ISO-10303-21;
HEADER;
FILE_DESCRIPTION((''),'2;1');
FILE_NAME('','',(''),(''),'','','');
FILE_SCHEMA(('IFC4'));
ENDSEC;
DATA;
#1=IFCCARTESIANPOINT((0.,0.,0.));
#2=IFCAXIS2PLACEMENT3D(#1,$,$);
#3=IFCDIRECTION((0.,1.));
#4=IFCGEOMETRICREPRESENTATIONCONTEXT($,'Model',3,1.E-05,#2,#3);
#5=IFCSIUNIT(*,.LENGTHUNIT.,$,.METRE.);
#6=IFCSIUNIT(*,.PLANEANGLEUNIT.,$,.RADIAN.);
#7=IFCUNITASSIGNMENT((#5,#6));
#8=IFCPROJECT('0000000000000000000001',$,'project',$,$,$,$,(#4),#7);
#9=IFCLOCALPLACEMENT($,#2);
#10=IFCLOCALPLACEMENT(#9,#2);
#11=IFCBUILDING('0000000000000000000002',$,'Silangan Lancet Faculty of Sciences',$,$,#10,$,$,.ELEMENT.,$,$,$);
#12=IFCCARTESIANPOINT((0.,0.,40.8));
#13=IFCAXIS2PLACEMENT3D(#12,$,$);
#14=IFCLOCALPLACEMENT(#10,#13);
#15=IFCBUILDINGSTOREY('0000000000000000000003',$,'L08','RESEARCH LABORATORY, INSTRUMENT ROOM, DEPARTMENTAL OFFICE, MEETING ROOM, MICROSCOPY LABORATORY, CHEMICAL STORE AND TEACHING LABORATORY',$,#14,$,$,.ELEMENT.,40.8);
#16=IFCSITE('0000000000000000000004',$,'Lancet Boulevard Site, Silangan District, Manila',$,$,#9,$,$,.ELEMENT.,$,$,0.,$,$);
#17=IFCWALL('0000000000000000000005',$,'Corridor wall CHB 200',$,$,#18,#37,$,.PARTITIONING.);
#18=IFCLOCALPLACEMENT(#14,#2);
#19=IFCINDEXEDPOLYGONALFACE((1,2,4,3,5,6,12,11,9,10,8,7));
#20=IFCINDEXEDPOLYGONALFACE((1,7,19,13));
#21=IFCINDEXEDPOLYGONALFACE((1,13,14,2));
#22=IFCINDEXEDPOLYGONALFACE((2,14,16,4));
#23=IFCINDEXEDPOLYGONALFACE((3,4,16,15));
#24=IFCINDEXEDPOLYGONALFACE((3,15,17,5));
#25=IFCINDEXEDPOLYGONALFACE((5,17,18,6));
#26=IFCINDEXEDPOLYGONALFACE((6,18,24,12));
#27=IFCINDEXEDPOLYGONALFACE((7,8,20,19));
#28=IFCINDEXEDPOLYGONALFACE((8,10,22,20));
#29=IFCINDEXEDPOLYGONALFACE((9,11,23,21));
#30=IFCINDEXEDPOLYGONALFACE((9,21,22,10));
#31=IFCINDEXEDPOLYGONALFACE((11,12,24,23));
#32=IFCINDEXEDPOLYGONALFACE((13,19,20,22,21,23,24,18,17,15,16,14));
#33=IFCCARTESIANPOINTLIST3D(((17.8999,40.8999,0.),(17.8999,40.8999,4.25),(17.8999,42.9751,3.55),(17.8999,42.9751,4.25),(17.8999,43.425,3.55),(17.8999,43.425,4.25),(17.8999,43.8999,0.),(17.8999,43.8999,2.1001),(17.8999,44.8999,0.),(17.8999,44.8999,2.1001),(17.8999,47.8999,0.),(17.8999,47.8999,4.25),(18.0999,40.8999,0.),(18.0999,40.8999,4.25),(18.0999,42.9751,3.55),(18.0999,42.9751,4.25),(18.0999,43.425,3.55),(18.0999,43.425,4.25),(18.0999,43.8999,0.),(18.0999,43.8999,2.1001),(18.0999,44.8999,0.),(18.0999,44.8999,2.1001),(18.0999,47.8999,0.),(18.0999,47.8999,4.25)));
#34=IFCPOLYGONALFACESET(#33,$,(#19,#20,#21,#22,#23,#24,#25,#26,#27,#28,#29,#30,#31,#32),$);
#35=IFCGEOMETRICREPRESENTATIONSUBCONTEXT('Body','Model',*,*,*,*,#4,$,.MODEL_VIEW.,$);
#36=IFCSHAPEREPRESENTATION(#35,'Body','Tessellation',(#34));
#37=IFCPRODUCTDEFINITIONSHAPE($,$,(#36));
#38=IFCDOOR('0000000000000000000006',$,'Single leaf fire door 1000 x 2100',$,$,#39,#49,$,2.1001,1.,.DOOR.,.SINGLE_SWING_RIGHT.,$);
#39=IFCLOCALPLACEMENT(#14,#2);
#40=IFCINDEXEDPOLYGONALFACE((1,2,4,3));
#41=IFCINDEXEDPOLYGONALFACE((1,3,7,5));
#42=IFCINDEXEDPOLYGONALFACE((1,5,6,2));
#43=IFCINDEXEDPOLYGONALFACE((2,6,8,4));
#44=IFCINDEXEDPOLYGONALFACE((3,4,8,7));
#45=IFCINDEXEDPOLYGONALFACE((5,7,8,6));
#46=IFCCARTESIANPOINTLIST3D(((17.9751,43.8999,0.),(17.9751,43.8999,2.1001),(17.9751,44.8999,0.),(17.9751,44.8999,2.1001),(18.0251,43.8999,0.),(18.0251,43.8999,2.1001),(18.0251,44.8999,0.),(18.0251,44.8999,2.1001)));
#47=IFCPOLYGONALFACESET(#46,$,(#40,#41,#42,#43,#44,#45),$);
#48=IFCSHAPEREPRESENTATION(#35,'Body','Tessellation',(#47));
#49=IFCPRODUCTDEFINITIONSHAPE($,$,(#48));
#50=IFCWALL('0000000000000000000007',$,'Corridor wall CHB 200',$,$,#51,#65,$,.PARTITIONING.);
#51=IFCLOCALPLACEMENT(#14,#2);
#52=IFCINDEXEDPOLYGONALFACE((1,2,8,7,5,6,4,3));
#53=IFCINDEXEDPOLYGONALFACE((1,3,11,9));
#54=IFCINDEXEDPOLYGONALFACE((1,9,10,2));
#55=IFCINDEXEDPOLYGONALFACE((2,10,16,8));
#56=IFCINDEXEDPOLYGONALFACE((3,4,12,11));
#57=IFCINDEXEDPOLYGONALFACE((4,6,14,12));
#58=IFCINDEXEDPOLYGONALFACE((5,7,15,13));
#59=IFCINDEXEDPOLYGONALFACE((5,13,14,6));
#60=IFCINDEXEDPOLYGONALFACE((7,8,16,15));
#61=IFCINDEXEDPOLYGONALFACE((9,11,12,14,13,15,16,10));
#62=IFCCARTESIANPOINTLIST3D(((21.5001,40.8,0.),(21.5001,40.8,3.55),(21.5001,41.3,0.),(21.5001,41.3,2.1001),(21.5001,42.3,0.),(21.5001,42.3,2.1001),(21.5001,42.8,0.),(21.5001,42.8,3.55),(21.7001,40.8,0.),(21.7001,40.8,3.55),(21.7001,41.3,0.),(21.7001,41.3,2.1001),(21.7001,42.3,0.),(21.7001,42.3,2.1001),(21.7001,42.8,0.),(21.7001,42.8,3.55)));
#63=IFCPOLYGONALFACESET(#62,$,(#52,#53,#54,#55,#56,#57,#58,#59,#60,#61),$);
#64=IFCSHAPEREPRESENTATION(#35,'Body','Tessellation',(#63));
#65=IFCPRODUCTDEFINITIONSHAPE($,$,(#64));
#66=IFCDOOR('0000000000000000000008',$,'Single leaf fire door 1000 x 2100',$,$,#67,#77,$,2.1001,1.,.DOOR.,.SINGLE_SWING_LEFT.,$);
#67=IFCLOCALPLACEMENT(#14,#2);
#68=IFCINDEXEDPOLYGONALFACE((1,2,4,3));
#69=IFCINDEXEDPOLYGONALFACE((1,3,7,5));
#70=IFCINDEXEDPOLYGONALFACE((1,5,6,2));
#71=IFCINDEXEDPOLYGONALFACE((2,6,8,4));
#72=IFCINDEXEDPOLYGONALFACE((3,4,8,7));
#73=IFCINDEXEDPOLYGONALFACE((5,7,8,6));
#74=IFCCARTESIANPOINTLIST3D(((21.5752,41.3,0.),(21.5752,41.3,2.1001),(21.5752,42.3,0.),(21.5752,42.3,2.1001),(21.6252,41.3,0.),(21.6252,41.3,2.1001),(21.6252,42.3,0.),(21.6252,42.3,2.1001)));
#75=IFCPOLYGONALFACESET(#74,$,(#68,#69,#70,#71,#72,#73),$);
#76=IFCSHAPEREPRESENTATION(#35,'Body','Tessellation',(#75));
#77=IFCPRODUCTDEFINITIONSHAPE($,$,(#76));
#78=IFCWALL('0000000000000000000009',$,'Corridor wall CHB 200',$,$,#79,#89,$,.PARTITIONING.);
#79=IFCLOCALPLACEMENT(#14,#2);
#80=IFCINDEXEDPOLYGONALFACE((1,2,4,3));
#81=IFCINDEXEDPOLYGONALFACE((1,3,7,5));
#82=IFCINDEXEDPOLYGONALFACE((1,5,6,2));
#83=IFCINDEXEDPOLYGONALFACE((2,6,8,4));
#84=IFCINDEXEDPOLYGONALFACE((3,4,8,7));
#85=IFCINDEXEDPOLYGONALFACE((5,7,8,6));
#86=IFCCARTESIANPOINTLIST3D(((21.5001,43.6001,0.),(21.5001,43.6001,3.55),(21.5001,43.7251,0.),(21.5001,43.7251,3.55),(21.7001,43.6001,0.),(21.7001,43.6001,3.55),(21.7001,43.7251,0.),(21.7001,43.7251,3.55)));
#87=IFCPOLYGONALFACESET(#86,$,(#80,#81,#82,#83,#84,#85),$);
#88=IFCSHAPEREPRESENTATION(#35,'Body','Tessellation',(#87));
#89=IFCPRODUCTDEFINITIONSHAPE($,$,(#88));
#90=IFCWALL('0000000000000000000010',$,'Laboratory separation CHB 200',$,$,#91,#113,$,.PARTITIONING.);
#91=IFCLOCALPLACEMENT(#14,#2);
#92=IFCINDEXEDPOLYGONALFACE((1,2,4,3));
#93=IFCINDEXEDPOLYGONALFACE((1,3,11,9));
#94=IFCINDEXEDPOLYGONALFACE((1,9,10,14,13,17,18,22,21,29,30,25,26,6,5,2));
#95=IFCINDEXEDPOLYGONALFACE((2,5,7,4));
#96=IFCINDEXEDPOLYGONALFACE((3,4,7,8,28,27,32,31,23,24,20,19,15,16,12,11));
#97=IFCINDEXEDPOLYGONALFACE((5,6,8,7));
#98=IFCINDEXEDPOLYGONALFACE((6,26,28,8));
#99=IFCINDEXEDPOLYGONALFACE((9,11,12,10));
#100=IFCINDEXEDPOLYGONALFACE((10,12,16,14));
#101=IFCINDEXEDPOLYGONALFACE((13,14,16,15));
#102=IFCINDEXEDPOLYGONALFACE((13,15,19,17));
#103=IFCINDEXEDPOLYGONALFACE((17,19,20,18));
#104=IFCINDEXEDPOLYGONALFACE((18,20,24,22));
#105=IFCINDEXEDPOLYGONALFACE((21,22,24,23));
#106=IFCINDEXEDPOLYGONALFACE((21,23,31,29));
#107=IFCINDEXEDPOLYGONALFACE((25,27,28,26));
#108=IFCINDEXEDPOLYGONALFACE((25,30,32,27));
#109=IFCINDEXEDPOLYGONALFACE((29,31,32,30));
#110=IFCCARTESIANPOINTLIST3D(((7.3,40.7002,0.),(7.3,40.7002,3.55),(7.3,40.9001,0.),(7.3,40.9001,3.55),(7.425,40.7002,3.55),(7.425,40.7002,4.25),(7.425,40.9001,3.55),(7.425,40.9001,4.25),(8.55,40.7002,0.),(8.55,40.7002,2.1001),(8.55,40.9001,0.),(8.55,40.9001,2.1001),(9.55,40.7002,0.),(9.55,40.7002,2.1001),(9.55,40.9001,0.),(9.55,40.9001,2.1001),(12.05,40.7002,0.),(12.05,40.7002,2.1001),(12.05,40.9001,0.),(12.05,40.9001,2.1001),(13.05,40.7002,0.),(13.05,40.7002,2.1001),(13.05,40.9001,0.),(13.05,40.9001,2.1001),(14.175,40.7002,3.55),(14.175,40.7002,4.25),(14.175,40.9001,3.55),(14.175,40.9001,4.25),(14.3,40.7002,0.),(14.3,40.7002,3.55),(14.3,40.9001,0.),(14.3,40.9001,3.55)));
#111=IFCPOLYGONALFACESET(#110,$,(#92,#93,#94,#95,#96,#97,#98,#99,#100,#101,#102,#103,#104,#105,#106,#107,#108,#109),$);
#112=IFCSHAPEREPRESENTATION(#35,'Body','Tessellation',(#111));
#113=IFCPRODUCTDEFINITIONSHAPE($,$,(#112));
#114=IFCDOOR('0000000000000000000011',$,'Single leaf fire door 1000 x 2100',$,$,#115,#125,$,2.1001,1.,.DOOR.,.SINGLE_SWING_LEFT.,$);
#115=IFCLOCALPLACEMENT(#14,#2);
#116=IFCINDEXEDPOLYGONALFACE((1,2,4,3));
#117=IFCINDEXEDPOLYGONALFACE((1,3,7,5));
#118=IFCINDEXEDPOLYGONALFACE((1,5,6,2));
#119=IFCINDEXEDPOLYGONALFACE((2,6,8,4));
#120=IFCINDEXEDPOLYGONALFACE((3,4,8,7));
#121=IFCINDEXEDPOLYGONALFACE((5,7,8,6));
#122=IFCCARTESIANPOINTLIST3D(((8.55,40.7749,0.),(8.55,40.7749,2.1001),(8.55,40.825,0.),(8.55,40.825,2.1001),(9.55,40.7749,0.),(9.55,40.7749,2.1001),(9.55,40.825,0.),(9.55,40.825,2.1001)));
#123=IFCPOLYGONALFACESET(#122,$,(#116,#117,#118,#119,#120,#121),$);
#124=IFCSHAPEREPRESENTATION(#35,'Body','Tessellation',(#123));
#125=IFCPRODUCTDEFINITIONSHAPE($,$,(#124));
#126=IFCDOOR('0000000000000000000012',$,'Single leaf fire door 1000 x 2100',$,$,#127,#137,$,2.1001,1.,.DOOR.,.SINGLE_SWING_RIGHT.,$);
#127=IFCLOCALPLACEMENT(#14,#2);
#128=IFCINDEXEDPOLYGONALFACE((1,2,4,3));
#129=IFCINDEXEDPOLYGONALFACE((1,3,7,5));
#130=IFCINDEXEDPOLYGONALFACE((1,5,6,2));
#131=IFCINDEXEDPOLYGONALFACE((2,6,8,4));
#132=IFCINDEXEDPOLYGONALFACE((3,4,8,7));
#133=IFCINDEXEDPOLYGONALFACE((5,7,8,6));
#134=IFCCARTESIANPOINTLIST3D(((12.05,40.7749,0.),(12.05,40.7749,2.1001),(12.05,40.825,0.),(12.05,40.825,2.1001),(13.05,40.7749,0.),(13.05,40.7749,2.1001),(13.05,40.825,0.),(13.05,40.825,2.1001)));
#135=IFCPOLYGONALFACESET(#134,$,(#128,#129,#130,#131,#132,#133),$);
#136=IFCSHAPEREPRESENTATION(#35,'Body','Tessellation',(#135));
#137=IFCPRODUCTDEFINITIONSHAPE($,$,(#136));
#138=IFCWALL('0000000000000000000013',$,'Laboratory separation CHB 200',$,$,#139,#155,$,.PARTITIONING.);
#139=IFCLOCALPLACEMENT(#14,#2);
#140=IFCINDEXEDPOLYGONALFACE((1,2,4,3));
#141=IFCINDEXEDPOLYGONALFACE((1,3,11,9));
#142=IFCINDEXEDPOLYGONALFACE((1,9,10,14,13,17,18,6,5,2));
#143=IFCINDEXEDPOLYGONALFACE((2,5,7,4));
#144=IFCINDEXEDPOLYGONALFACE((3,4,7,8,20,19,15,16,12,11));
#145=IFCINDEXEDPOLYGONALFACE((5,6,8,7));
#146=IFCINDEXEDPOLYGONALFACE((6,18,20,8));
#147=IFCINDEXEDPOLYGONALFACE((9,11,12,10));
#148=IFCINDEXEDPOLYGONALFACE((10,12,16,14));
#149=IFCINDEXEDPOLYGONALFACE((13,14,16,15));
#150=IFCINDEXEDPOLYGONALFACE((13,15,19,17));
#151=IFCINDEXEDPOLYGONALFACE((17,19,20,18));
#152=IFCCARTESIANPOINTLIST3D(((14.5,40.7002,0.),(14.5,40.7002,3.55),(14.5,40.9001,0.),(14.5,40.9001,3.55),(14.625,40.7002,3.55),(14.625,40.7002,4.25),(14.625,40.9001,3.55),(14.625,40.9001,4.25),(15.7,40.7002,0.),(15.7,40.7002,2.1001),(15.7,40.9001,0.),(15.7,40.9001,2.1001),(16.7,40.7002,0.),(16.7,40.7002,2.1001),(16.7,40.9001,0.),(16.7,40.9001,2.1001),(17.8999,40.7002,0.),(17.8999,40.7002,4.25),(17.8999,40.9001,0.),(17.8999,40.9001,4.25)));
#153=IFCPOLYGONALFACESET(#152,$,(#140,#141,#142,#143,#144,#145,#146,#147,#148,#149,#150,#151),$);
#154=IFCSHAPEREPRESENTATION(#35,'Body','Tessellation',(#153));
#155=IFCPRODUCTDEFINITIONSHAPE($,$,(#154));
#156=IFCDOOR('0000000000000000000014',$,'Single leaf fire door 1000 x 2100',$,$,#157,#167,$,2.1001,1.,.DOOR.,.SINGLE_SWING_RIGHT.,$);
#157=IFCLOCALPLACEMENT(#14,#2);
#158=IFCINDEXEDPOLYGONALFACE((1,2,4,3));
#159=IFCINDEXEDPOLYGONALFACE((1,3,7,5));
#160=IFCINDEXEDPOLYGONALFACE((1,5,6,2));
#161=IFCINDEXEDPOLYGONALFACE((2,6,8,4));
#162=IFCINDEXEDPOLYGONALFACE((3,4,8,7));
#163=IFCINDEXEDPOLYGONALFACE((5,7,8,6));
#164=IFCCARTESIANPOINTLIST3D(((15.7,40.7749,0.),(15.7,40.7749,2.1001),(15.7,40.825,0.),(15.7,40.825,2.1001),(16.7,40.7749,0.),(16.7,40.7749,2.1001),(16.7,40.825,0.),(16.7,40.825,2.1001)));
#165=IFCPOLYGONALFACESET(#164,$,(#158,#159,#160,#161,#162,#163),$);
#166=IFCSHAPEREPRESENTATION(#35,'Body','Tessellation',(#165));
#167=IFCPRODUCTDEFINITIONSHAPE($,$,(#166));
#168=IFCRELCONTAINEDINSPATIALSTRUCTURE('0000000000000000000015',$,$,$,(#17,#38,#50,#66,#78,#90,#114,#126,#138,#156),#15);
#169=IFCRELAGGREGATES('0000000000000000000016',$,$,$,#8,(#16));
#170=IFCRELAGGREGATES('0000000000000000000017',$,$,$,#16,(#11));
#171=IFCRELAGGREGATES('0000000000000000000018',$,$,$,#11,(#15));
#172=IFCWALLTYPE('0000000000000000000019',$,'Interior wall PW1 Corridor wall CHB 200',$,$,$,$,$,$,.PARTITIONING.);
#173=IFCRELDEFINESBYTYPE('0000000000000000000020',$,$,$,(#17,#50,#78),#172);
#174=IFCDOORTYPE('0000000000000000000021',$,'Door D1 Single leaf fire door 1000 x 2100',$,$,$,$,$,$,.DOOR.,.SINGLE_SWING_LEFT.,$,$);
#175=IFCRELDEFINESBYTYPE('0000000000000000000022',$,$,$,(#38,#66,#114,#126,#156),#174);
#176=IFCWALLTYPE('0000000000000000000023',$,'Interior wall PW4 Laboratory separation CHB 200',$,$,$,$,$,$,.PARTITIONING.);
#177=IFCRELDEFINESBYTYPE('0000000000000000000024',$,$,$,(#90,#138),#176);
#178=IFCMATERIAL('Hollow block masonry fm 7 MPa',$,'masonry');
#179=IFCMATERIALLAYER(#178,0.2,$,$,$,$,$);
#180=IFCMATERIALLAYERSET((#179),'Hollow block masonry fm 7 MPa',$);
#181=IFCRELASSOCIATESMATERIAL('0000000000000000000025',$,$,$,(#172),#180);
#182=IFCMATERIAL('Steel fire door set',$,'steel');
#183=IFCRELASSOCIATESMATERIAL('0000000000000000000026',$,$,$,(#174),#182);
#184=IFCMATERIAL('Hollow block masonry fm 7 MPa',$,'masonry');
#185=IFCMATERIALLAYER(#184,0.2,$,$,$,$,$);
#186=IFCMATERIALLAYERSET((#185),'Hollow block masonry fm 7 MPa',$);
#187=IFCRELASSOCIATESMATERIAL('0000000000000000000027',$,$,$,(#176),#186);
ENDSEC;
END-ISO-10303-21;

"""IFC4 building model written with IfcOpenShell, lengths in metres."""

from ifc_helpers import new_model, si_unit, direction, frame, frame_2d, origin, place, context, subcontext, project, spatial, polyline, rectangle, outline, extrude, material, layer, layer_set, type_object, element, fill, save


model = new_model("IFC4")

# Units and contexts
model_context = context("Model", 3, precision=1e-05, world=origin(), true_north=direction((0.0, 1.0)))
body_context = subcontext(model_context, "Body", "Model", "MODEL_VIEW")
ifc_project = project(units=[si_unit("LENGTHUNIT", "METRE"), si_unit("PLANEANGLEUNIT", "RADIAN")], contexts=[model_context])

# Site, building, storey
site_placement = place(None, origin())
site = spatial("IfcSite", under=ifc_project, at=site_placement, Name="Lancet Boulevard Site, Silangan District, Manila", CompositionType="ELEMENT", RefElevation=0.0)
building_placement = place(site_placement, origin())
building = spatial("IfcBuilding", under=site, at=building_placement, Name="Silangan Lancet Faculty of Sciences", CompositionType="ELEMENT")
storey_placement = place(building_placement, frame((0.0, 0.0, 40.8)))
storey = spatial("IfcBuildingStorey", under=building, at=storey_placement, Name="L08", Description="RESEARCH LABORATORY, INSTRUMENT ROOM, DEPARTMENTAL OFFICE, MEETING ROOM, MICROSCOPY LABORATORY, CHEMICAL STORE AND TEACHING LABORATORY", CompositionType="ELEMENT", Elevation=40.8)

# Walls, openings, doors
ifc_material_1 = material(Name="Hollow block masonry fm 7 MPa", Category="masonry")
ifc_layer_1 = layer(ifc_material_1, 0.2)
ifc_layer_set_1 = layer_set([ifc_layer_1], Name="Hollow block masonry fm 7 MPa")
wall_type_1 = type_object("IfcWallType", Name="Interior wall PW1 Corridor wall CHB 200", PredefinedType="PARTITIONING", material=ifc_layer_set_1)
ifc_material_2 = material(Name="Steel fire door set", Category="steel")
door_type_1 = type_object("IfcDoorType", Name="Door D1 Single leaf fire door 1000 x 2100", OperationType="SINGLE_SWING_LEFT", PredefinedType="DOOR", material=ifc_material_2)
wall_1_placement = place(storey_placement, frame((18.0, 40.8999, 0.0), z_axis=(0.0, 0.0, 1.0), x_axis=(0.0, 1.0, 0.0)))
wall_1 = element("IfcWall", 1, at=wall_1_placement, inside=storey, type_object=wall_type_1, Name="Corridor wall CHB 200", PredefinedType="PARTITIONING", context=body_context, shape_type="SweptSolid", body=[
    extrude(outline(polyline([(0.0, 0.0), (7.0, 0.0), (7.0, 4.25), (2.5251, 4.25), (2.5251, 3.55), (2.0752, 3.55), (2.0752, 4.25), (0.0, 4.25), (0.0, 0.0)])), frame((0.0, 0.1001, 0.0), z_axis=(0.0, -1.0, 0.0), x_axis=(1.0, 0.0, 0.0)), (0.0, 0.0, 1.0), 0.2),
])
opening_1_placement = place(wall_1_placement, frame((3.0, 0.0, 0.0)))
opening_1 = element("IfcOpeningElement", 2, at=opening_1_placement, cuts=wall_1, PredefinedType="OPENING", context=body_context, shape_type="SweptSolid", body=[
    extrude(rectangle(XDim=1.0, YDim=2.1001, at=frame_2d((0.5, 1.05))), frame((0.0, 0.1099, 0.0), z_axis=(0.0, -1.0, 0.0), x_axis=(1.0, 0.0, 0.0)), (0.0, 0.0, 1.0), 0.22),
])
door_1_placement = place(opening_1_placement, origin())
door_1 = element("IfcDoor", 3, at=door_1_placement, inside=storey, type_object=door_type_1, Name="Single leaf fire door 1000 x 2100", OperationType="SINGLE_SWING_RIGHT", OverallHeight=2.1001, OverallWidth=1.0, PredefinedType="DOOR", context=body_context, shape_type="SweptSolid", body=[
    extrude(rectangle(XDim=1.0, YDim=2.1001, at=frame_2d((0.5, 1.05))), frame((0.0, 0.0249, 0.0), z_axis=(0.0, -1.0, 0.0), x_axis=(1.0, 0.0, 0.0)), (0.0, 0.0, 1.0), 0.05),
])
fill(opening_1, door_1)
wall_2_placement = place(storey_placement, frame((21.6001, 40.8, 0.0), z_axis=(0.0, 0.0, 1.0), x_axis=(0.0, 1.0, 0.0)))
wall_2 = element("IfcWall", 4, at=wall_2_placement, inside=storey, type_object=wall_type_1, Name="Corridor wall CHB 200", PredefinedType="PARTITIONING", context=body_context, shape_type="SweptSolid", body=[
    extrude(rectangle(XDim=2.0, YDim=0.2, at=frame_2d((1.0, 0.0))), origin(), (0.0, 0.0, 1.0), 3.55),
])
opening_2_placement = place(wall_2_placement, frame((0.5, 0.0, 0.0)))
opening_2 = element("IfcOpeningElement", 5, at=opening_2_placement, cuts=wall_2, PredefinedType="OPENING", context=body_context, shape_type="SweptSolid", body=[
    extrude(rectangle(XDim=1.0, YDim=2.1001, at=frame_2d((0.5, 1.05))), frame((0.0, 0.1099, 0.0), z_axis=(0.0, -1.0, 0.0), x_axis=(1.0, 0.0, 0.0)), (0.0, 0.0, 1.0), 0.22),
])
door_2_placement = place(opening_2_placement, frame((1.0, 0.0, 0.0), z_axis=(0.0, 0.0, 1.0), x_axis=(-1.0, 0.0, 0.0)))
door_2 = element("IfcDoor", 6, at=door_2_placement, inside=storey, type_object=door_type_1, Name="Single leaf fire door 1000 x 2100", OperationType="SINGLE_SWING_LEFT", OverallHeight=2.1001, OverallWidth=1.0, PredefinedType="DOOR", context=body_context, shape_type="SweptSolid", body=[
    extrude(rectangle(XDim=1.0, YDim=2.1001, at=frame_2d((0.5, 1.05))), frame((0.0, 0.0251, 0.0), z_axis=(0.0, -1.0, 0.0), x_axis=(1.0, 0.0, 0.0)), (0.0, 0.0, 1.0), 0.05),
])
fill(opening_2, door_2)

# Wall
wall_3_placement = place(storey_placement, frame((21.6001, 43.6001, 0.0), z_axis=(0.0, 0.0, 1.0), x_axis=(0.0, 1.0, 0.0)))
element("IfcWall", 7, at=wall_3_placement, inside=storey, type_object=wall_type_1, Name="Corridor wall CHB 200", PredefinedType="PARTITIONING", context=body_context, shape_type="SweptSolid", body=[
    extrude(rectangle(XDim=0.125, YDim=0.2, at=frame_2d((0.0625, 0.0))), origin(), (0.0, 0.0, 1.0), 3.55),
])

# Wall, openings, doors
ifc_material_3 = material(Name="Hollow block masonry fm 7 MPa", Category="masonry")
ifc_layer_2 = layer(ifc_material_3, 0.2)
ifc_layer_set_2 = layer_set([ifc_layer_2], Name="Hollow block masonry fm 7 MPa")
wall_type_2 = type_object("IfcWallType", Name="Interior wall PW4 Laboratory separation CHB 200", PredefinedType="PARTITIONING", material=ifc_layer_set_2)
wall_4_placement = place(storey_placement, frame((7.3, 40.8, 0.0), z_axis=(0.0, 0.0, 1.0), x_axis=(1.0, 0.0, 0.0)))
wall_4 = element("IfcWall", 8, at=wall_4_placement, inside=storey, type_object=wall_type_2, Name="Laboratory separation CHB 200", PredefinedType="PARTITIONING", context=body_context, shape_type="SweptSolid", body=[
    extrude(outline(polyline([(0.0, 0.0), (7.0, 0.0), (7.0, 3.55), (6.875, 3.55), (6.875, 4.25), (0.125, 4.25), (0.125, 3.55), (0.0, 3.55), (0.0, 0.0)])), frame((0.0, 0.1001, 0.0), z_axis=(0.0, -1.0, 0.0), x_axis=(1.0, 0.0, 0.0)), (0.0, 0.0, 1.0), 0.2),
])
opening_3_placement = place(wall_4_placement, frame((1.25, 0.0, 0.0)))
opening_3 = element("IfcOpeningElement", 9, at=opening_3_placement, cuts=wall_4, PredefinedType="OPENING", context=body_context, shape_type="SweptSolid", body=[
    extrude(rectangle(XDim=1.0, YDim=2.1001, at=frame_2d((0.5, 1.05))), frame((0.0, 0.1099, 0.0), z_axis=(0.0, -1.0, 0.0), x_axis=(1.0, 0.0, 0.0)), (0.0, 0.0, 1.0), 0.22),
])
opening_4_placement = place(wall_4_placement, frame((4.75, 0.0, 0.0)))
opening_4 = element("IfcOpeningElement", 10, at=opening_4_placement, cuts=wall_4, PredefinedType="OPENING", context=body_context, shape_type="SweptSolid", body=[
    extrude(rectangle(XDim=1.0, YDim=2.1001, at=frame_2d((0.5, 1.05))), frame((0.0, 0.1099, 0.0), z_axis=(0.0, -1.0, 0.0), x_axis=(1.0, 0.0, 0.0)), (0.0, 0.0, 1.0), 0.22),
])
door_3_placement = place(opening_3_placement, frame((1.0, 0.0, 0.0), z_axis=(0.0, 0.0, 1.0), x_axis=(-1.0, 0.0, 0.0)))
door_3 = element("IfcDoor", 11, at=door_3_placement, inside=storey, type_object=door_type_1, Name="Single leaf fire door 1000 x 2100", OperationType="SINGLE_SWING_LEFT", OverallHeight=2.1001, OverallWidth=1.0, PredefinedType="DOOR", context=body_context, shape_type="SweptSolid", body=[
    extrude(rectangle(XDim=1.0, YDim=2.1001, at=frame_2d((0.5, 1.05))), frame((0.0, 0.0251, 0.0), z_axis=(0.0, -1.0, 0.0), x_axis=(1.0, 0.0, 0.0)), (0.0, 0.0, 1.0), 0.05),
])
fill(opening_3, door_3)
door_4_placement = place(opening_4_placement, frame((1.0, 0.0, 0.0), z_axis=(0.0, 0.0, 1.0), x_axis=(-1.0, 0.0, 0.0)))
door_4 = element("IfcDoor", 12, at=door_4_placement, inside=storey, type_object=door_type_1, Name="Single leaf fire door 1000 x 2100", OperationType="SINGLE_SWING_RIGHT", OverallHeight=2.1001, OverallWidth=1.0, PredefinedType="DOOR", context=body_context, shape_type="SweptSolid", body=[
    extrude(rectangle(XDim=1.0, YDim=2.1001, at=frame_2d((0.5, 1.05))), frame((0.0, 0.0251, 0.0), z_axis=(0.0, -1.0, 0.0), x_axis=(1.0, 0.0, 0.0)), (0.0, 0.0, 1.0), 0.05),
])
fill(opening_4, door_4)

# Wall, opening, door
wall_5_placement = place(storey_placement, frame((14.5, 40.8, 0.0), z_axis=(0.0, 0.0, 1.0), x_axis=(1.0, 0.0, 0.0)))
wall_5 = element("IfcWall", 13, at=wall_5_placement, inside=storey, type_object=wall_type_2, Name="Laboratory separation CHB 200", PredefinedType="PARTITIONING", context=body_context, shape_type="SweptSolid", body=[
    extrude(outline(polyline([(0.0, 0.0), (3.3999, 0.0), (3.3999, 4.25), (0.125, 4.25), (0.125, 3.55), (0.0, 3.55), (0.0, 0.0)])), frame((0.0, 0.1001, 0.0), z_axis=(0.0, -1.0, 0.0), x_axis=(1.0, 0.0, 0.0)), (0.0, 0.0, 1.0), 0.2),
])
opening_5_placement = place(wall_5_placement, frame((1.2, 0.0, 0.0)))
opening_5 = element("IfcOpeningElement", 14, at=opening_5_placement, cuts=wall_5, PredefinedType="OPENING", context=body_context, shape_type="SweptSolid", body=[
    extrude(rectangle(XDim=1.0, YDim=2.1001, at=frame_2d((0.5, 1.05))), frame((0.0, 0.1099, 0.0), z_axis=(0.0, -1.0, 0.0), x_axis=(1.0, 0.0, 0.0)), (0.0, 0.0, 1.0), 0.22),
])
door_5_placement = place(opening_5_placement, frame((1.0, 0.0, 0.0), z_axis=(0.0, 0.0, 1.0), x_axis=(-1.0, 0.0, 0.0)))
door_5 = element("IfcDoor", 15, at=door_5_placement, inside=storey, type_object=door_type_1, Name="Single leaf fire door 1000 x 2100", OperationType="SINGLE_SWING_RIGHT", OverallHeight=2.1001, OverallWidth=1.0, PredefinedType="DOOR", context=body_context, shape_type="SweptSolid", body=[
    extrude(rectangle(XDim=1.0, YDim=2.1001, at=frame_2d((0.5, 1.05))), frame((0.0, 0.0251, 0.0), z_axis=(0.0, -1.0, 0.0), x_axis=(1.0, 0.0, 0.0)), (0.0, 0.0, 1.0), 0.05),
])
fill(opening_5, door_5)

save(model, "model.ifc")
